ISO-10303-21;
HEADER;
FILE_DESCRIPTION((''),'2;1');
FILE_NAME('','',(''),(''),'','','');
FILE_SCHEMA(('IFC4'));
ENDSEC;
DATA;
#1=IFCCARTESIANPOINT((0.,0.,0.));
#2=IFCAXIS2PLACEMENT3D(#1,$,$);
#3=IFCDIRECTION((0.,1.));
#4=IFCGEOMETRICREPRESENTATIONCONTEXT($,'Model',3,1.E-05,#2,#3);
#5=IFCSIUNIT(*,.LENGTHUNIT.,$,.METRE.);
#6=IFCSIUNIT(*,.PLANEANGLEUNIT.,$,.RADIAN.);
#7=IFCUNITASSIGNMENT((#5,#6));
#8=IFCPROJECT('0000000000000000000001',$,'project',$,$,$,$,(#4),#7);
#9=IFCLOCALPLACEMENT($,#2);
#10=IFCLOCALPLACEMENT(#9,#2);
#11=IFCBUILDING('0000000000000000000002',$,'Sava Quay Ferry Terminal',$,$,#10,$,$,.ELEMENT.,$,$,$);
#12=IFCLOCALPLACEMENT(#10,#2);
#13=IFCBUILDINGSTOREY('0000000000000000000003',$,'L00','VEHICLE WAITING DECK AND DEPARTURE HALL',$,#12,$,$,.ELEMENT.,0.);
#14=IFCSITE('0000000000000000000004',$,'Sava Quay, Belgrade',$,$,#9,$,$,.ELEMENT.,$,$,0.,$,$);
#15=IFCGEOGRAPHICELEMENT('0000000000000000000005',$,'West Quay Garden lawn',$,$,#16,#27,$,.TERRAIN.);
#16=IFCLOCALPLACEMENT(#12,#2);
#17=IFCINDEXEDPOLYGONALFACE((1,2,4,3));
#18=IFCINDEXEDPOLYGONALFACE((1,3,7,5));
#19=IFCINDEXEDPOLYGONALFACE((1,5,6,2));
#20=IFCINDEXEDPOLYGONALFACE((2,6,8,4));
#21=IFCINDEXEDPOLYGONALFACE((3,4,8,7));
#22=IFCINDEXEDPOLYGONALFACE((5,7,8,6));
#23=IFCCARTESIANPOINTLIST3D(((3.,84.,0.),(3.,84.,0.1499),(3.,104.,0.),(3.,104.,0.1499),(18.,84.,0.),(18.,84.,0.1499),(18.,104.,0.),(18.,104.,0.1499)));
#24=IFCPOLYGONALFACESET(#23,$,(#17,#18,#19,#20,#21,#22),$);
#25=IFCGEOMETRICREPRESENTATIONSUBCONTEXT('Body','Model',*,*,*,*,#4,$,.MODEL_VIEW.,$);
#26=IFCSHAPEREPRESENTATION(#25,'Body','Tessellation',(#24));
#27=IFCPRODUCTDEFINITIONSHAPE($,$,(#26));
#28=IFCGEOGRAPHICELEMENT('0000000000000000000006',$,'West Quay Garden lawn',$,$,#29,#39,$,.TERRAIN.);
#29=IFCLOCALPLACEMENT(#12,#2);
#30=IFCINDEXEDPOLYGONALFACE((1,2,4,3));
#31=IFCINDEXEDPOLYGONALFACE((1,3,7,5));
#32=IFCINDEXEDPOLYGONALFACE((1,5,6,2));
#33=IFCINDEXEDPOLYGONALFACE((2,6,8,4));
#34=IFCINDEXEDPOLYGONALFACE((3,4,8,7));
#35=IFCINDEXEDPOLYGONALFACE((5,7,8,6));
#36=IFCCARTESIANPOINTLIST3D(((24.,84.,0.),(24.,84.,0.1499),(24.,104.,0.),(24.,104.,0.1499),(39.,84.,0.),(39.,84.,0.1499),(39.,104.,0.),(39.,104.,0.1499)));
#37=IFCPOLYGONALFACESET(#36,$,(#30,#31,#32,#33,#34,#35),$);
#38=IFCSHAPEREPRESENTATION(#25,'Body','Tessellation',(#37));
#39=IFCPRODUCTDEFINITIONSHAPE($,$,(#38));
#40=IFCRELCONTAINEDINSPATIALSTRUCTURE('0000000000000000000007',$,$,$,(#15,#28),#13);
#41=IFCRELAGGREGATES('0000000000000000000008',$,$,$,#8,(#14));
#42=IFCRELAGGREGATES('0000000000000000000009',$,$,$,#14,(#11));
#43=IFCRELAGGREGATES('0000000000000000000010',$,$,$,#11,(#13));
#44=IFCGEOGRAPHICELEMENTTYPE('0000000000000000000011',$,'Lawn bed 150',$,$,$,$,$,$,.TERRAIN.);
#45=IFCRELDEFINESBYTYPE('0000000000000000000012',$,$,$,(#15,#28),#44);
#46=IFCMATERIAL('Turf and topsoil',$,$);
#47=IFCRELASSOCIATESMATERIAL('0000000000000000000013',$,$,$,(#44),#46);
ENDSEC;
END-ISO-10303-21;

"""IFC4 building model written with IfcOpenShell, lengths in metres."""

from ifc_helpers import new_model, si_unit, direction, origin, place, context, subcontext, project, spatial, polyline, outline, extrude, material, type_object, element, save


model = new_model("IFC4")

# Units and contexts
model_context = context("Model", 3, precision=1e-05, world=origin(), true_north=direction((0.0, 1.0)))
body_context = subcontext(model_context, "Body", "Model", "MODEL_VIEW")
ifc_project = project(units=[si_unit("LENGTHUNIT", "METRE"), si_unit("PLANEANGLEUNIT", "RADIAN")], contexts=[model_context])

# Site, building, storey
site_placement = place(None, origin())
site = spatial("IfcSite", under=ifc_project, at=site_placement, Name="Sava Quay, Belgrade", CompositionType="ELEMENT", RefElevation=0.0)
building_placement = place(site_placement, origin())
building = spatial("IfcBuilding", under=site, at=building_placement, Name="Sava Quay Ferry Terminal", CompositionType="ELEMENT")
storey_placement = place(building_placement, origin())
storey = spatial("IfcBuildingStorey", under=building, at=storey_placement, Name="L00", Description="VEHICLE WAITING DECK AND DEPARTURE HALL", CompositionType="ELEMENT", Elevation=0.0)

# Geographic elements
ifc_material_1 = material(Name="Turf and topsoil")
geographic_element_type = type_object("IfcGeographicElementType", Name="Lawn bed 150", PredefinedType="TERRAIN", material=ifc_material_1)
geographic_element_1_placement = place(storey_placement, origin())
element("IfcGeographicElement", 1, at=geographic_element_1_placement, inside=storey, type_object=geographic_element_type, Name="West Quay Garden lawn", PredefinedType="TERRAIN", context=body_context, shape_type="SweptSolid", body=[
    extrude(outline(polyline([(18.0, 84.0), (18.0, 104.0), (3.0, 104.0), (3.0, 84.0), (18.0, 84.0)])), origin(), (0.0, 0.0, 1.0), 0.1499),
])
geographic_element_2_placement = place(storey_placement, origin())
element("IfcGeographicElement", 2, at=geographic_element_2_placement, inside=storey, type_object=geographic_element_type, Name="West Quay Garden lawn", PredefinedType="TERRAIN", context=body_context, shape_type="SweptSolid", body=[
    extrude(outline(polyline([(39.0, 84.0), (39.0, 104.0), (24.0, 104.0), (24.0, 84.0), (39.0, 84.0)])), origin(), (0.0, 0.0, 1.0), 0.1499),
])

save(model, "model.ifc")
